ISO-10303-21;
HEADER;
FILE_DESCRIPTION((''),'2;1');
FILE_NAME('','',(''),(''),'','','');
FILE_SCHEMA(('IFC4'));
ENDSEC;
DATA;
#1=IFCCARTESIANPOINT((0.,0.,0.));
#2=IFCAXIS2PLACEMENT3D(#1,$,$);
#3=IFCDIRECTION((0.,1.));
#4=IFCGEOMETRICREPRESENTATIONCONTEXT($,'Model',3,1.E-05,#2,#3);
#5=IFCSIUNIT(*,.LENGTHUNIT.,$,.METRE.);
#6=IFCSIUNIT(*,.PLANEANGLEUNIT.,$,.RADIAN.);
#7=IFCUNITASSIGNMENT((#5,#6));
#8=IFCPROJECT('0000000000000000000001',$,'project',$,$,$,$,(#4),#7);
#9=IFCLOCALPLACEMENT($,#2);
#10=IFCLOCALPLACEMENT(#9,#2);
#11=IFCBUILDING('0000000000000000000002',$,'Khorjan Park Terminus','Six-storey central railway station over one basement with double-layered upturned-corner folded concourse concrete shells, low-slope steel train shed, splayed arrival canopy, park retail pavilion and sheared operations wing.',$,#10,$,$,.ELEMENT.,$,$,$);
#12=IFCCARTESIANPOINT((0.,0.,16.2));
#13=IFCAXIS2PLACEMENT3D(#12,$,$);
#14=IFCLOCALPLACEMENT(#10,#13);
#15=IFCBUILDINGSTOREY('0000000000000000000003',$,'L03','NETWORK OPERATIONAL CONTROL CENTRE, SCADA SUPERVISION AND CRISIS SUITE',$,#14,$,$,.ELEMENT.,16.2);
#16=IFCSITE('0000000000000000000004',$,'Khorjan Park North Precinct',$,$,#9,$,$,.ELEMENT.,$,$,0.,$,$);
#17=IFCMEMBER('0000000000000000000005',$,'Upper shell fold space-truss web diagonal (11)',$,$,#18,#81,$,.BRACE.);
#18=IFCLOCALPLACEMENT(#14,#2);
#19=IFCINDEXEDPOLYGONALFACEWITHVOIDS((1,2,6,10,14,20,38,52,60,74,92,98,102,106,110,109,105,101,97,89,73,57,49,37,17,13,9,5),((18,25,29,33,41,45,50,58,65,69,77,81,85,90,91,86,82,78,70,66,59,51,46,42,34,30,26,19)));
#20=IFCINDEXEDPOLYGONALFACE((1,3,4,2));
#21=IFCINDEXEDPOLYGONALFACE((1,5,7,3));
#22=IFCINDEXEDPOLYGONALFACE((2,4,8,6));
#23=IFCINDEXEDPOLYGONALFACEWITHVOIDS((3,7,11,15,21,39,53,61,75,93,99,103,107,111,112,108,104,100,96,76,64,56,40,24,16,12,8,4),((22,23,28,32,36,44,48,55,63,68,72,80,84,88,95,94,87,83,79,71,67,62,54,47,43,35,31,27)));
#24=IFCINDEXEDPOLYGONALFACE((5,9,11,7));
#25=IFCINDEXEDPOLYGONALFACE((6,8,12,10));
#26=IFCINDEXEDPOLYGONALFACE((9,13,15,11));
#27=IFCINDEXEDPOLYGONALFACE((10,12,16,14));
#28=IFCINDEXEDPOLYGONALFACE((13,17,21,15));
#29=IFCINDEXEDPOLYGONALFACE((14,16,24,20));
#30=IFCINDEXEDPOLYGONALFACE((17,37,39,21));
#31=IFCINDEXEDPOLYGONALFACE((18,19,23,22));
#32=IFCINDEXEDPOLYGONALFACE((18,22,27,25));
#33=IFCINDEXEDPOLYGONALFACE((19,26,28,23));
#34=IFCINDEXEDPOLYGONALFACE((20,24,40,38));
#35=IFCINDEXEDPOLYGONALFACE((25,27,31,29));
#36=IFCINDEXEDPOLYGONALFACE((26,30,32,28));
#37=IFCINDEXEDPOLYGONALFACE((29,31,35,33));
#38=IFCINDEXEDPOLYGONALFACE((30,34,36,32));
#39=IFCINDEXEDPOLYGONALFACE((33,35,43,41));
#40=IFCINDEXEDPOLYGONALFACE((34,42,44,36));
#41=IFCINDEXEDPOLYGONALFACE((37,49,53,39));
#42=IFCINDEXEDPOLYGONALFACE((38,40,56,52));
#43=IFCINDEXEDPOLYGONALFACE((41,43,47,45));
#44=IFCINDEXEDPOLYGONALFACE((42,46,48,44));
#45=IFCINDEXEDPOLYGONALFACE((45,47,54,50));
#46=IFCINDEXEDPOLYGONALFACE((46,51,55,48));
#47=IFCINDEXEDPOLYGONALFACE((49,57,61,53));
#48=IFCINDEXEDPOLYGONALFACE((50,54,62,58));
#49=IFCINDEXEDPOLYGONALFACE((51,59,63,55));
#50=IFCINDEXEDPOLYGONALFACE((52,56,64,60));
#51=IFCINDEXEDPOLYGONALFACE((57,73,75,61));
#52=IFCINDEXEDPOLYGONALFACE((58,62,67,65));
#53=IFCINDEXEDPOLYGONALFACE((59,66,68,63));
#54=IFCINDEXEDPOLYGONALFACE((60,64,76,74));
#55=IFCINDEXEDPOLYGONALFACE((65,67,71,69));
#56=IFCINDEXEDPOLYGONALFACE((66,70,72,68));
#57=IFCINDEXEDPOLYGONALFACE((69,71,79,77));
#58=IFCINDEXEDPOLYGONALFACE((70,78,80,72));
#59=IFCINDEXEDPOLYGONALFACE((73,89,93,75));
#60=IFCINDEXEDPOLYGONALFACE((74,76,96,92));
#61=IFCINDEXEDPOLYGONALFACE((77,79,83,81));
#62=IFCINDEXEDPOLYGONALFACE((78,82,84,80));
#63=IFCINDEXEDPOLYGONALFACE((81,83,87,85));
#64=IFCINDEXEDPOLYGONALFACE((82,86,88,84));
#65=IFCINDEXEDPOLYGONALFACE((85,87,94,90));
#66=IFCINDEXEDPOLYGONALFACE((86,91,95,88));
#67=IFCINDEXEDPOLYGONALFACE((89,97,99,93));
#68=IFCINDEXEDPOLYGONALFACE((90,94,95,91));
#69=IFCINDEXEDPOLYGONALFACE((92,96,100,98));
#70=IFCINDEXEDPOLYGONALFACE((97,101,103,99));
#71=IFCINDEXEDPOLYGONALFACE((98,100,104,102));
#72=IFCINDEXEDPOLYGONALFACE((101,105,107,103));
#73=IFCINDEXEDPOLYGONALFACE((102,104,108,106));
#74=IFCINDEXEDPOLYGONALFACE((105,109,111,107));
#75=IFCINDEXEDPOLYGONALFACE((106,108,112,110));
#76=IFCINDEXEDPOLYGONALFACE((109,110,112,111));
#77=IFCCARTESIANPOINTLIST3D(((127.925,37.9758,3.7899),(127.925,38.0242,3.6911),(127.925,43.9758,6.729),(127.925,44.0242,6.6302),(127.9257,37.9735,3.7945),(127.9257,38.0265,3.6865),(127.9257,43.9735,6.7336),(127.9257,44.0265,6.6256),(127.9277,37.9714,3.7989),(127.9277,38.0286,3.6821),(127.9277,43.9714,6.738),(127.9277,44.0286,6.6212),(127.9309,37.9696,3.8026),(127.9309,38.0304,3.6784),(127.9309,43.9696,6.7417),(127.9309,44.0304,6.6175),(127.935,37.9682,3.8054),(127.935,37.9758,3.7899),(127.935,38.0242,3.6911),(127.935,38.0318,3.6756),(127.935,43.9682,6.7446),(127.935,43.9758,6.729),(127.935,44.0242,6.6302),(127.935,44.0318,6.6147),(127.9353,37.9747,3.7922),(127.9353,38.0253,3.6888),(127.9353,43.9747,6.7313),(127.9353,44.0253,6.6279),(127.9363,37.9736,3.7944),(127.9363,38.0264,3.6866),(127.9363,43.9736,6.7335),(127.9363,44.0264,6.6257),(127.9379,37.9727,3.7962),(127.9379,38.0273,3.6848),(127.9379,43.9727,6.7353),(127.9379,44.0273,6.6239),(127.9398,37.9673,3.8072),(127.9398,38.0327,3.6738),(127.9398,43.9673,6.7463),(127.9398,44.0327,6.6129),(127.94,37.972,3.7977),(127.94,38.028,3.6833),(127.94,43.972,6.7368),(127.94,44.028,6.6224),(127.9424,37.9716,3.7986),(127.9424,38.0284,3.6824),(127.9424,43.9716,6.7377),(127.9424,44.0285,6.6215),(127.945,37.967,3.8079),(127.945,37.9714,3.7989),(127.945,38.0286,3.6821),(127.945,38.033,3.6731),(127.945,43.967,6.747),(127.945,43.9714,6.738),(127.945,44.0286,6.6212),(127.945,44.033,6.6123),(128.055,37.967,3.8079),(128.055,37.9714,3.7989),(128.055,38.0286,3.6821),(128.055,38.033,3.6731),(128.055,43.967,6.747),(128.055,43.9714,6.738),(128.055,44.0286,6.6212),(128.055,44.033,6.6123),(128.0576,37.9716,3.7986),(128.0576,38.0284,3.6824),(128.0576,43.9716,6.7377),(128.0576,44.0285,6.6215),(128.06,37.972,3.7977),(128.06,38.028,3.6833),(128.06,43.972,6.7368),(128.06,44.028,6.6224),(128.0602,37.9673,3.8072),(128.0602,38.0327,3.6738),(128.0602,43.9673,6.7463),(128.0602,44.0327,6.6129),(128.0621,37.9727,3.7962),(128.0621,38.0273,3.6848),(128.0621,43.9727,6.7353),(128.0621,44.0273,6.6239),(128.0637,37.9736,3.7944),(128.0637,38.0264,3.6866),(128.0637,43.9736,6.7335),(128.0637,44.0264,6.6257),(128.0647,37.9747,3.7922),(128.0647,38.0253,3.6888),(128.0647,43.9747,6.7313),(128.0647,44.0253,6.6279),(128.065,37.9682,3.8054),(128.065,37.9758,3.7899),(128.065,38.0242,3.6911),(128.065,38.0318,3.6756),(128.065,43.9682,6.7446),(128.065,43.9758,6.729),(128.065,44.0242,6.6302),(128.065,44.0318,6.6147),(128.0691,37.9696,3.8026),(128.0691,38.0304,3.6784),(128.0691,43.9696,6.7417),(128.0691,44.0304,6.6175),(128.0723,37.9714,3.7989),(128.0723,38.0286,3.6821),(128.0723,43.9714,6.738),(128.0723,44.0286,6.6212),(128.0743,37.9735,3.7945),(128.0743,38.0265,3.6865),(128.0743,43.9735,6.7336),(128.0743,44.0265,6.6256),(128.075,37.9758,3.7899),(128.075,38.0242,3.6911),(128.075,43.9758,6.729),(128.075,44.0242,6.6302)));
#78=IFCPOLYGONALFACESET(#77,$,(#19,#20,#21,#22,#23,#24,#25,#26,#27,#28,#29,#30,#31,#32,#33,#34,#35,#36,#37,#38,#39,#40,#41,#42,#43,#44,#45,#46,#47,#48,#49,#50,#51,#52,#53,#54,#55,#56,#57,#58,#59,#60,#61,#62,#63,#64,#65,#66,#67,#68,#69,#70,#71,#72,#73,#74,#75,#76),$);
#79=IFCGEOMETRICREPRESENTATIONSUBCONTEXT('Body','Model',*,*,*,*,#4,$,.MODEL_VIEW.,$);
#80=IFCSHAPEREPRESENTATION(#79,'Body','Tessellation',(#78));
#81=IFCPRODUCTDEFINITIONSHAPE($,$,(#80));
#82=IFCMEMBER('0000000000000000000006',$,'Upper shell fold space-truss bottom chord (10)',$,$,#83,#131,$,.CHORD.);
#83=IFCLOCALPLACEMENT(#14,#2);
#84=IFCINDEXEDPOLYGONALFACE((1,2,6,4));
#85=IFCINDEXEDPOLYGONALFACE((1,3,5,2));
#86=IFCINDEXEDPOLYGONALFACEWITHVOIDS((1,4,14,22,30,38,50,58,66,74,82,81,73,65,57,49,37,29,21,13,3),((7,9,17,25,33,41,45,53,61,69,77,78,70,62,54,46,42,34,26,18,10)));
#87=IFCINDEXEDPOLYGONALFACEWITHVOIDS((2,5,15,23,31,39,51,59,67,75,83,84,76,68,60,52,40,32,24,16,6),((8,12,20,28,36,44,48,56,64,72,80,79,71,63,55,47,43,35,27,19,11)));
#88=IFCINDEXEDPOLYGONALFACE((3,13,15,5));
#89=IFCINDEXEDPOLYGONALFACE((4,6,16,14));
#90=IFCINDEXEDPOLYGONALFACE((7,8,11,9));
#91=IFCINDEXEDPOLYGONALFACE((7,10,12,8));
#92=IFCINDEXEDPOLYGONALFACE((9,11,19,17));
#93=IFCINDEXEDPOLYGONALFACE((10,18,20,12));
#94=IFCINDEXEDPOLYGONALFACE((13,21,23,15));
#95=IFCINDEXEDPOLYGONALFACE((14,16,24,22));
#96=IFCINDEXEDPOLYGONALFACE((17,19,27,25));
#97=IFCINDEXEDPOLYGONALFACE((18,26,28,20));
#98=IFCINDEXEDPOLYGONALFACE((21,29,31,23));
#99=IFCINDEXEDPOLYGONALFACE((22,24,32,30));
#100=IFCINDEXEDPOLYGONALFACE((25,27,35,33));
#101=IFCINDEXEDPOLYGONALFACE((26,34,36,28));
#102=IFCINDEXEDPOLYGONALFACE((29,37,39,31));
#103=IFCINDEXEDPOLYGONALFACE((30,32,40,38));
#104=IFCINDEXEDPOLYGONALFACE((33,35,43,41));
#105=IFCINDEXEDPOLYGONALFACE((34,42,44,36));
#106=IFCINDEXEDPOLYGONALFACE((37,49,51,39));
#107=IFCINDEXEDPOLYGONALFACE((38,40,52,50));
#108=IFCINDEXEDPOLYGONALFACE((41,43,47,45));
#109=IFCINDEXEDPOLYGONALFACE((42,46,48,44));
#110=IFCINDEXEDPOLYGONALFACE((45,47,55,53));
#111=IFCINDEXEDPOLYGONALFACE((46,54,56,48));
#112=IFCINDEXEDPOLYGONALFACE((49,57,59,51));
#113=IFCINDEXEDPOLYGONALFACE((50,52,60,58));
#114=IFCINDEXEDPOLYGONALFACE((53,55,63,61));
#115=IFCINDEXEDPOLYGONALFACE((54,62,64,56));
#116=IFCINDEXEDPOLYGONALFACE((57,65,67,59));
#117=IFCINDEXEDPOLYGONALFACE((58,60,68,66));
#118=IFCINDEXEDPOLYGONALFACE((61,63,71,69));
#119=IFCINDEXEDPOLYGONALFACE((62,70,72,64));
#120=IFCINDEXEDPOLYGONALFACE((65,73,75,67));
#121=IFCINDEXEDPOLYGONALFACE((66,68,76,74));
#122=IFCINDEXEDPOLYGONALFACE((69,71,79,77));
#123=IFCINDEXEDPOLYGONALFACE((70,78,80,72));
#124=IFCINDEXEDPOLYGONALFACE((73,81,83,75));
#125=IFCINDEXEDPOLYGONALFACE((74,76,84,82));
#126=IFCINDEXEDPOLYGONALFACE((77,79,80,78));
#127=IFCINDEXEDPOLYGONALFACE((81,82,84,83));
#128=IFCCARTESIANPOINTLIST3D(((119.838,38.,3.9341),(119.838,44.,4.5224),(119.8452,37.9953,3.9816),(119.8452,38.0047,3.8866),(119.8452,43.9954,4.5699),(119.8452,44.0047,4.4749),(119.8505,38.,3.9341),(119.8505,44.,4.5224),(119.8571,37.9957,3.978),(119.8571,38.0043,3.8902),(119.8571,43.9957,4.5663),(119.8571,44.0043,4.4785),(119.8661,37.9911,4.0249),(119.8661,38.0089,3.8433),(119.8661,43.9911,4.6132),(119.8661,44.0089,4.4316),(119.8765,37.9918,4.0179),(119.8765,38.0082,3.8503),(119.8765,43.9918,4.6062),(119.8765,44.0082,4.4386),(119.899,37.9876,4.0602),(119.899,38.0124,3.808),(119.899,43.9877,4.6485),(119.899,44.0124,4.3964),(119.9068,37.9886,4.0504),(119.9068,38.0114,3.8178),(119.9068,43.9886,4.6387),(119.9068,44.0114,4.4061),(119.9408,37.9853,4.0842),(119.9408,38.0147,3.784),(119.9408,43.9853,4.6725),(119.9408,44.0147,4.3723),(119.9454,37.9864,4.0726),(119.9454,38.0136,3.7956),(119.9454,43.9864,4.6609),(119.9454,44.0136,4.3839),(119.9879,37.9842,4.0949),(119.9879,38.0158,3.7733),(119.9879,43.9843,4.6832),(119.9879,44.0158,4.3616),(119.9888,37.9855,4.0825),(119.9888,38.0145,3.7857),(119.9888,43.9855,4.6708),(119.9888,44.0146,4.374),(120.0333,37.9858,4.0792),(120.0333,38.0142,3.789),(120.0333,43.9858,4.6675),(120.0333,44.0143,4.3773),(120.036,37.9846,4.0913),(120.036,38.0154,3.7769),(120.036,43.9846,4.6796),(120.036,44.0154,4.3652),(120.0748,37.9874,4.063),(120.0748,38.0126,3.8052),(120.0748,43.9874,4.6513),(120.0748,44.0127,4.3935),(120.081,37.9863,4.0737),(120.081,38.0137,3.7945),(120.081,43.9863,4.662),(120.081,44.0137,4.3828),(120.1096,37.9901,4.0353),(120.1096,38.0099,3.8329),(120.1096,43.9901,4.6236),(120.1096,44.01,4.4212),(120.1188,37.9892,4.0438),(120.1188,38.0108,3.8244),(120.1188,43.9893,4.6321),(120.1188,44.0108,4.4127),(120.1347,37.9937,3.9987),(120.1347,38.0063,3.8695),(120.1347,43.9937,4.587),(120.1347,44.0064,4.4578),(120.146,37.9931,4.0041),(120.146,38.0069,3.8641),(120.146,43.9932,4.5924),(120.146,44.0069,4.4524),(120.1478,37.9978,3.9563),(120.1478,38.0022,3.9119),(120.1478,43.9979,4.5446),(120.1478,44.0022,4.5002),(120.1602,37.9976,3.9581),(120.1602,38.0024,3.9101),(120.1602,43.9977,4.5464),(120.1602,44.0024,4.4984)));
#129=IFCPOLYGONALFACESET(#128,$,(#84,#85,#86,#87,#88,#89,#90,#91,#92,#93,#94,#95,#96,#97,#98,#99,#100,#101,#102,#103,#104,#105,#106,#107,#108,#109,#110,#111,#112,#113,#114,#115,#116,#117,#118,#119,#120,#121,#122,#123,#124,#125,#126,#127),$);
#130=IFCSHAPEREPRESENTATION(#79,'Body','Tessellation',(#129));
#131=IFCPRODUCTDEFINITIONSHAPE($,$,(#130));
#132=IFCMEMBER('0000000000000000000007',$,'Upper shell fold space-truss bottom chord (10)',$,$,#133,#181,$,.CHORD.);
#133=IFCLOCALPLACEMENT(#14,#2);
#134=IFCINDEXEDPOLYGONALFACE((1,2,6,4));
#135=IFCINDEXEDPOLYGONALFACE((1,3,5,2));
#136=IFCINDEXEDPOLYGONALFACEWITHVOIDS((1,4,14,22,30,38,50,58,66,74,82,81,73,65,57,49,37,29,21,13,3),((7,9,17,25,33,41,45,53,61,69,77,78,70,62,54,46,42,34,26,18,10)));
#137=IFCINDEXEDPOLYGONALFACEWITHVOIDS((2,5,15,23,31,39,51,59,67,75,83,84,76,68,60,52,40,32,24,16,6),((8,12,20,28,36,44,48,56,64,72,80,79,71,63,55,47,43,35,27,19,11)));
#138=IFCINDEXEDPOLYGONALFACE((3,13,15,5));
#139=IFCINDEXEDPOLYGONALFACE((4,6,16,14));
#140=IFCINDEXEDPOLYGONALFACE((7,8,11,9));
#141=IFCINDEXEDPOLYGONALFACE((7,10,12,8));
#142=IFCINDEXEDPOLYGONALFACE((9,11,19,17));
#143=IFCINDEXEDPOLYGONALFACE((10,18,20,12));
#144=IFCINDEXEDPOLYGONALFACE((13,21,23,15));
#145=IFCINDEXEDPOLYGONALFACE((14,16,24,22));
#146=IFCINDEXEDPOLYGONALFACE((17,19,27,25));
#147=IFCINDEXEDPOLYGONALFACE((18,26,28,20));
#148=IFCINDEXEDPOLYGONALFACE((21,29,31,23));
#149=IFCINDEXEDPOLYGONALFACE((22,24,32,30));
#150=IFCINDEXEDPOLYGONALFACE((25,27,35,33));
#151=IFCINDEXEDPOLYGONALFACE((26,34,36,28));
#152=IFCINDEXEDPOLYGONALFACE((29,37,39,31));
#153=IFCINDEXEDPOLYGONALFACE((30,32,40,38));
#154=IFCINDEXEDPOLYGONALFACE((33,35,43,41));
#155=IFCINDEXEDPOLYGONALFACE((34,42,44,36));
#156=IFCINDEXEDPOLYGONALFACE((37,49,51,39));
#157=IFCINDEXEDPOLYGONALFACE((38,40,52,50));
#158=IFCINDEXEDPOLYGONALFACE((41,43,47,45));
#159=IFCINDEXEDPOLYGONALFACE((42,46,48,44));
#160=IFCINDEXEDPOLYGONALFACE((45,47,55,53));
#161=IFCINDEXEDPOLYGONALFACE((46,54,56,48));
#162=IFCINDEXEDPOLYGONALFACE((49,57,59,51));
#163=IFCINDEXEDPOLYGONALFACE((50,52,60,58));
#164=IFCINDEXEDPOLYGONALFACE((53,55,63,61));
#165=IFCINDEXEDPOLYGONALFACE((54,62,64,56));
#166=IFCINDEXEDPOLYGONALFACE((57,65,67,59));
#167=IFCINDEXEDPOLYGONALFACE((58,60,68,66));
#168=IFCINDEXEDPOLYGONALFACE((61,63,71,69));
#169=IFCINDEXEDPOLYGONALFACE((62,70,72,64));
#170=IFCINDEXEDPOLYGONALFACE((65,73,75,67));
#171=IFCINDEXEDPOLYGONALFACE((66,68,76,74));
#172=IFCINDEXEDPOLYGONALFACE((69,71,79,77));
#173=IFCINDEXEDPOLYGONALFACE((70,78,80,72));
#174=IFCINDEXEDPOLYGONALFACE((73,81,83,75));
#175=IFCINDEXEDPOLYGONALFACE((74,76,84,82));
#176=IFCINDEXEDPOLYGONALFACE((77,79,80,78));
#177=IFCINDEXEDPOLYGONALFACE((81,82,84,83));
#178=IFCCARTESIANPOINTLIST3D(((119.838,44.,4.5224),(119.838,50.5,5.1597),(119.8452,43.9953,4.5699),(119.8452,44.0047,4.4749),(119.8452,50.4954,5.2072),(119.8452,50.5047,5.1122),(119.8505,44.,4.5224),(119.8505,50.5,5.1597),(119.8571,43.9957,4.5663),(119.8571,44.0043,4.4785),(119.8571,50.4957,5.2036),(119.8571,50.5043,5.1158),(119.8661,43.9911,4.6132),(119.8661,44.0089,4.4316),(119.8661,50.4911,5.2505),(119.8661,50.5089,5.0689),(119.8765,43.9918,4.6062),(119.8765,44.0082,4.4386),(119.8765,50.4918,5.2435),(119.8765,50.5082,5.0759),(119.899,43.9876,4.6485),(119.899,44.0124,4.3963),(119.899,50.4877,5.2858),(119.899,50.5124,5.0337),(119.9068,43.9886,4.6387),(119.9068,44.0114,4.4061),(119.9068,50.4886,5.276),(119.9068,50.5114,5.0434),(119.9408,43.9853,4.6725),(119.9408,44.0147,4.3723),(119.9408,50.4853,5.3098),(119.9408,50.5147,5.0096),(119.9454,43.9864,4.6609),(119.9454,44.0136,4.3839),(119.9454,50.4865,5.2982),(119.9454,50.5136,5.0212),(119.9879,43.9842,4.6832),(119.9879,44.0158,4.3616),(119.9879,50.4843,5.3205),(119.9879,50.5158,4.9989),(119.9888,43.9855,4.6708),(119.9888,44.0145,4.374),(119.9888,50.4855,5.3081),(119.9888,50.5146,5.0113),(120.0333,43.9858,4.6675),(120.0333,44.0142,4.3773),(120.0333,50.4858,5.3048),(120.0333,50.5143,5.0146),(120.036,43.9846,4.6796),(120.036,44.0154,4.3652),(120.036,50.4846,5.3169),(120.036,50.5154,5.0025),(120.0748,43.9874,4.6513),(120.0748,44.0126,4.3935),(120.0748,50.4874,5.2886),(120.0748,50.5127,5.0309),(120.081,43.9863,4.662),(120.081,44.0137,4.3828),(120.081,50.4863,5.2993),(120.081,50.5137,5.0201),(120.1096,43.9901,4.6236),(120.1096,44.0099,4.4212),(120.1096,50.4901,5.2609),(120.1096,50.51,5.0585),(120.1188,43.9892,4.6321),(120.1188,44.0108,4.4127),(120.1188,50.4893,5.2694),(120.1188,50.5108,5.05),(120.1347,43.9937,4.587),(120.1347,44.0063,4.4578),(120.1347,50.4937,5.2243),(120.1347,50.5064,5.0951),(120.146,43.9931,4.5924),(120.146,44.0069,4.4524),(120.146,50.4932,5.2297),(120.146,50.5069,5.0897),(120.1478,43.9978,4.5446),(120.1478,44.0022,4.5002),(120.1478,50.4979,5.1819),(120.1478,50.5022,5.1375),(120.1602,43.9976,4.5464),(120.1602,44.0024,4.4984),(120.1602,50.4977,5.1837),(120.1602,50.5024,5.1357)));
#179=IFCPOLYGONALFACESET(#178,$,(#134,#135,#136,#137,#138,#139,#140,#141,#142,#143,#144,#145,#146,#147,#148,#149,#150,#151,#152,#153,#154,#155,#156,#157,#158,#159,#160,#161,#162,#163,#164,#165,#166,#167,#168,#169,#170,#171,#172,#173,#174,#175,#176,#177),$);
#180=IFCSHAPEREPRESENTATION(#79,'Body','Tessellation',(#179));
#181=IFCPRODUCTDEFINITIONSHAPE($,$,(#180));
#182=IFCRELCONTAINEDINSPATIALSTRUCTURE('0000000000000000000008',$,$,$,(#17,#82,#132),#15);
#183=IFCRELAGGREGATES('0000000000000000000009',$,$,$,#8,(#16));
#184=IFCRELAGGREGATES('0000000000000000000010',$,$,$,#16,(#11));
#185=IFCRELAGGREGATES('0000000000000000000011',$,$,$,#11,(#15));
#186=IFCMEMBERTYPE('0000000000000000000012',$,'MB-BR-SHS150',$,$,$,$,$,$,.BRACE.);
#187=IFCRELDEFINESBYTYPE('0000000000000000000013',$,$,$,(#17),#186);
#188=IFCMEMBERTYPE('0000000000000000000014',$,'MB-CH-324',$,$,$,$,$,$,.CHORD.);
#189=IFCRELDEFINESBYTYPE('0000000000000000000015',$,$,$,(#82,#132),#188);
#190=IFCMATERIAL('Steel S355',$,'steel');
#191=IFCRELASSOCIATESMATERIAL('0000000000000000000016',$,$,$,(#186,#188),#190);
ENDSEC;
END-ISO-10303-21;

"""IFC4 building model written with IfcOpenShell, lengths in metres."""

from ifc_helpers import new_model, si_unit, direction, frame, origin, origin_2d, place, context, subcontext, project, spatial, hollow_rectangle, hollow_circle, extrude, material, material_profile, profile_set, type_object, element, save


model = new_model("IFC4")

# Units and contexts
model_context = context("Model", 3, precision=1e-05, world=origin(), true_north=direction((0.0, 1.0)))
body_context = subcontext(model_context, "Body", "Model", "MODEL_VIEW")
ifc_project = project(units=[si_unit("LENGTHUNIT", "METRE"), si_unit("PLANEANGLEUNIT", "RADIAN")], contexts=[model_context])

# Site, building, storey
site_placement = place(None, origin())
site = spatial("IfcSite", under=ifc_project, at=site_placement, Name="Khorjan Park North Precinct", CompositionType="ELEMENT", RefElevation=0.0)
building_placement = place(site_placement, origin())
building = spatial("IfcBuilding", under=site, at=building_placement, Name="Khorjan Park Terminus", Description="Six-storey central railway station over one basement with double-layered upturned-corner folded concourse concrete shells, low-slope steel train shed, splayed arrival canopy, park retail pavilion and sheared operations wing.", CompositionType="ELEMENT")
storey_placement = place(building_placement, frame((0.0, 0.0, 16.2)))
storey = spatial("IfcBuildingStorey", under=building, at=storey_placement, Name="L03", Description="NETWORK OPERATIONAL CONTROL CENTRE, SCADA SUPERVISION AND CRISIS SUITE", CompositionType="ELEMENT", Elevation=16.2)

# Members
ifc_material = material(Name="Steel S355", Category="steel")
ifc_material_profile_1 = material_profile(ifc_material, hollow_rectangle(XDim=0.15, YDim=0.15, WallThickness=0.01, InnerFilletRadius=0.01, OuterFilletRadius=0.02, at=origin_2d()), Name="SHS 150x150x10")
ifc_profile_set_1 = profile_set([ifc_material_profile_1], Name="Steel S355")
member_type_1 = type_object("IfcMemberType", Name="MB-BR-SHS150", PredefinedType="BRACE", material=ifc_profile_set_1)
member_1_placement = place(storey_placement, frame((128.0, 38.0, 3.7405), z_axis=(0.0, 0.898044, 0.439907), x_axis=(-1.0, 0.0, 0.0)))
element("IfcMember", 1, at=member_1_placement, inside=storey, type_object=member_type_1, Name="Upper shell fold space-truss web diagonal (11)", PredefinedType="BRACE", context=body_context, shape_type="SweptSolid", body=[
    extrude(hollow_rectangle(XDim=0.15, YDim=0.15, WallThickness=0.01, InnerFilletRadius=0.01, OuterFilletRadius=0.02, at=origin_2d()), origin(), (0.0, 0.0, 1.0), 6.6812),
])
ifc_material_profile_2 = material_profile(ifc_material, hollow_circle(Radius=0.162, WallThickness=0.0125, at=origin_2d()), Name="CHS 323.9x12.5")
ifc_profile_set_2 = profile_set([ifc_material_profile_2], Name="Steel S355")
member_type_2 = type_object("IfcMemberType", Name="MB-CH-324", PredefinedType="CHORD", material=ifc_profile_set_2)
member_2_placement = place(storey_placement, frame((120.0, 38.0, 3.9341), z_axis=(0.0, 0.995227, 0.097582), x_axis=(-1.0, 0.0, 0.0)))
element("IfcMember", 2, at=member_2_placement, inside=storey, type_object=member_type_2, Name="Upper shell fold space-truss bottom chord (10)", PredefinedType="CHORD", context=body_context, shape_type="SweptSolid", body=[
    extrude(hollow_circle(Radius=0.162, WallThickness=0.0125, at=origin_2d()), origin(), (0.0, 0.0, 1.0), 6.0288),
])
member_3_placement = place(storey_placement, frame((120.0, 44.0, 4.5224), z_axis=(0.0, 0.995228, 0.097578), x_axis=(-1.0, 0.0, 0.0)))
element("IfcMember", 3, at=member_3_placement, inside=storey, type_object=member_type_2, Name="Upper shell fold space-truss bottom chord (10)", PredefinedType="CHORD", context=body_context, shape_type="SweptSolid", body=[
    extrude(hollow_circle(Radius=0.162, WallThickness=0.0125, at=origin_2d()), origin(), (0.0, 0.0, 1.0), 6.5312),
])

save(model, "model.ifc")
